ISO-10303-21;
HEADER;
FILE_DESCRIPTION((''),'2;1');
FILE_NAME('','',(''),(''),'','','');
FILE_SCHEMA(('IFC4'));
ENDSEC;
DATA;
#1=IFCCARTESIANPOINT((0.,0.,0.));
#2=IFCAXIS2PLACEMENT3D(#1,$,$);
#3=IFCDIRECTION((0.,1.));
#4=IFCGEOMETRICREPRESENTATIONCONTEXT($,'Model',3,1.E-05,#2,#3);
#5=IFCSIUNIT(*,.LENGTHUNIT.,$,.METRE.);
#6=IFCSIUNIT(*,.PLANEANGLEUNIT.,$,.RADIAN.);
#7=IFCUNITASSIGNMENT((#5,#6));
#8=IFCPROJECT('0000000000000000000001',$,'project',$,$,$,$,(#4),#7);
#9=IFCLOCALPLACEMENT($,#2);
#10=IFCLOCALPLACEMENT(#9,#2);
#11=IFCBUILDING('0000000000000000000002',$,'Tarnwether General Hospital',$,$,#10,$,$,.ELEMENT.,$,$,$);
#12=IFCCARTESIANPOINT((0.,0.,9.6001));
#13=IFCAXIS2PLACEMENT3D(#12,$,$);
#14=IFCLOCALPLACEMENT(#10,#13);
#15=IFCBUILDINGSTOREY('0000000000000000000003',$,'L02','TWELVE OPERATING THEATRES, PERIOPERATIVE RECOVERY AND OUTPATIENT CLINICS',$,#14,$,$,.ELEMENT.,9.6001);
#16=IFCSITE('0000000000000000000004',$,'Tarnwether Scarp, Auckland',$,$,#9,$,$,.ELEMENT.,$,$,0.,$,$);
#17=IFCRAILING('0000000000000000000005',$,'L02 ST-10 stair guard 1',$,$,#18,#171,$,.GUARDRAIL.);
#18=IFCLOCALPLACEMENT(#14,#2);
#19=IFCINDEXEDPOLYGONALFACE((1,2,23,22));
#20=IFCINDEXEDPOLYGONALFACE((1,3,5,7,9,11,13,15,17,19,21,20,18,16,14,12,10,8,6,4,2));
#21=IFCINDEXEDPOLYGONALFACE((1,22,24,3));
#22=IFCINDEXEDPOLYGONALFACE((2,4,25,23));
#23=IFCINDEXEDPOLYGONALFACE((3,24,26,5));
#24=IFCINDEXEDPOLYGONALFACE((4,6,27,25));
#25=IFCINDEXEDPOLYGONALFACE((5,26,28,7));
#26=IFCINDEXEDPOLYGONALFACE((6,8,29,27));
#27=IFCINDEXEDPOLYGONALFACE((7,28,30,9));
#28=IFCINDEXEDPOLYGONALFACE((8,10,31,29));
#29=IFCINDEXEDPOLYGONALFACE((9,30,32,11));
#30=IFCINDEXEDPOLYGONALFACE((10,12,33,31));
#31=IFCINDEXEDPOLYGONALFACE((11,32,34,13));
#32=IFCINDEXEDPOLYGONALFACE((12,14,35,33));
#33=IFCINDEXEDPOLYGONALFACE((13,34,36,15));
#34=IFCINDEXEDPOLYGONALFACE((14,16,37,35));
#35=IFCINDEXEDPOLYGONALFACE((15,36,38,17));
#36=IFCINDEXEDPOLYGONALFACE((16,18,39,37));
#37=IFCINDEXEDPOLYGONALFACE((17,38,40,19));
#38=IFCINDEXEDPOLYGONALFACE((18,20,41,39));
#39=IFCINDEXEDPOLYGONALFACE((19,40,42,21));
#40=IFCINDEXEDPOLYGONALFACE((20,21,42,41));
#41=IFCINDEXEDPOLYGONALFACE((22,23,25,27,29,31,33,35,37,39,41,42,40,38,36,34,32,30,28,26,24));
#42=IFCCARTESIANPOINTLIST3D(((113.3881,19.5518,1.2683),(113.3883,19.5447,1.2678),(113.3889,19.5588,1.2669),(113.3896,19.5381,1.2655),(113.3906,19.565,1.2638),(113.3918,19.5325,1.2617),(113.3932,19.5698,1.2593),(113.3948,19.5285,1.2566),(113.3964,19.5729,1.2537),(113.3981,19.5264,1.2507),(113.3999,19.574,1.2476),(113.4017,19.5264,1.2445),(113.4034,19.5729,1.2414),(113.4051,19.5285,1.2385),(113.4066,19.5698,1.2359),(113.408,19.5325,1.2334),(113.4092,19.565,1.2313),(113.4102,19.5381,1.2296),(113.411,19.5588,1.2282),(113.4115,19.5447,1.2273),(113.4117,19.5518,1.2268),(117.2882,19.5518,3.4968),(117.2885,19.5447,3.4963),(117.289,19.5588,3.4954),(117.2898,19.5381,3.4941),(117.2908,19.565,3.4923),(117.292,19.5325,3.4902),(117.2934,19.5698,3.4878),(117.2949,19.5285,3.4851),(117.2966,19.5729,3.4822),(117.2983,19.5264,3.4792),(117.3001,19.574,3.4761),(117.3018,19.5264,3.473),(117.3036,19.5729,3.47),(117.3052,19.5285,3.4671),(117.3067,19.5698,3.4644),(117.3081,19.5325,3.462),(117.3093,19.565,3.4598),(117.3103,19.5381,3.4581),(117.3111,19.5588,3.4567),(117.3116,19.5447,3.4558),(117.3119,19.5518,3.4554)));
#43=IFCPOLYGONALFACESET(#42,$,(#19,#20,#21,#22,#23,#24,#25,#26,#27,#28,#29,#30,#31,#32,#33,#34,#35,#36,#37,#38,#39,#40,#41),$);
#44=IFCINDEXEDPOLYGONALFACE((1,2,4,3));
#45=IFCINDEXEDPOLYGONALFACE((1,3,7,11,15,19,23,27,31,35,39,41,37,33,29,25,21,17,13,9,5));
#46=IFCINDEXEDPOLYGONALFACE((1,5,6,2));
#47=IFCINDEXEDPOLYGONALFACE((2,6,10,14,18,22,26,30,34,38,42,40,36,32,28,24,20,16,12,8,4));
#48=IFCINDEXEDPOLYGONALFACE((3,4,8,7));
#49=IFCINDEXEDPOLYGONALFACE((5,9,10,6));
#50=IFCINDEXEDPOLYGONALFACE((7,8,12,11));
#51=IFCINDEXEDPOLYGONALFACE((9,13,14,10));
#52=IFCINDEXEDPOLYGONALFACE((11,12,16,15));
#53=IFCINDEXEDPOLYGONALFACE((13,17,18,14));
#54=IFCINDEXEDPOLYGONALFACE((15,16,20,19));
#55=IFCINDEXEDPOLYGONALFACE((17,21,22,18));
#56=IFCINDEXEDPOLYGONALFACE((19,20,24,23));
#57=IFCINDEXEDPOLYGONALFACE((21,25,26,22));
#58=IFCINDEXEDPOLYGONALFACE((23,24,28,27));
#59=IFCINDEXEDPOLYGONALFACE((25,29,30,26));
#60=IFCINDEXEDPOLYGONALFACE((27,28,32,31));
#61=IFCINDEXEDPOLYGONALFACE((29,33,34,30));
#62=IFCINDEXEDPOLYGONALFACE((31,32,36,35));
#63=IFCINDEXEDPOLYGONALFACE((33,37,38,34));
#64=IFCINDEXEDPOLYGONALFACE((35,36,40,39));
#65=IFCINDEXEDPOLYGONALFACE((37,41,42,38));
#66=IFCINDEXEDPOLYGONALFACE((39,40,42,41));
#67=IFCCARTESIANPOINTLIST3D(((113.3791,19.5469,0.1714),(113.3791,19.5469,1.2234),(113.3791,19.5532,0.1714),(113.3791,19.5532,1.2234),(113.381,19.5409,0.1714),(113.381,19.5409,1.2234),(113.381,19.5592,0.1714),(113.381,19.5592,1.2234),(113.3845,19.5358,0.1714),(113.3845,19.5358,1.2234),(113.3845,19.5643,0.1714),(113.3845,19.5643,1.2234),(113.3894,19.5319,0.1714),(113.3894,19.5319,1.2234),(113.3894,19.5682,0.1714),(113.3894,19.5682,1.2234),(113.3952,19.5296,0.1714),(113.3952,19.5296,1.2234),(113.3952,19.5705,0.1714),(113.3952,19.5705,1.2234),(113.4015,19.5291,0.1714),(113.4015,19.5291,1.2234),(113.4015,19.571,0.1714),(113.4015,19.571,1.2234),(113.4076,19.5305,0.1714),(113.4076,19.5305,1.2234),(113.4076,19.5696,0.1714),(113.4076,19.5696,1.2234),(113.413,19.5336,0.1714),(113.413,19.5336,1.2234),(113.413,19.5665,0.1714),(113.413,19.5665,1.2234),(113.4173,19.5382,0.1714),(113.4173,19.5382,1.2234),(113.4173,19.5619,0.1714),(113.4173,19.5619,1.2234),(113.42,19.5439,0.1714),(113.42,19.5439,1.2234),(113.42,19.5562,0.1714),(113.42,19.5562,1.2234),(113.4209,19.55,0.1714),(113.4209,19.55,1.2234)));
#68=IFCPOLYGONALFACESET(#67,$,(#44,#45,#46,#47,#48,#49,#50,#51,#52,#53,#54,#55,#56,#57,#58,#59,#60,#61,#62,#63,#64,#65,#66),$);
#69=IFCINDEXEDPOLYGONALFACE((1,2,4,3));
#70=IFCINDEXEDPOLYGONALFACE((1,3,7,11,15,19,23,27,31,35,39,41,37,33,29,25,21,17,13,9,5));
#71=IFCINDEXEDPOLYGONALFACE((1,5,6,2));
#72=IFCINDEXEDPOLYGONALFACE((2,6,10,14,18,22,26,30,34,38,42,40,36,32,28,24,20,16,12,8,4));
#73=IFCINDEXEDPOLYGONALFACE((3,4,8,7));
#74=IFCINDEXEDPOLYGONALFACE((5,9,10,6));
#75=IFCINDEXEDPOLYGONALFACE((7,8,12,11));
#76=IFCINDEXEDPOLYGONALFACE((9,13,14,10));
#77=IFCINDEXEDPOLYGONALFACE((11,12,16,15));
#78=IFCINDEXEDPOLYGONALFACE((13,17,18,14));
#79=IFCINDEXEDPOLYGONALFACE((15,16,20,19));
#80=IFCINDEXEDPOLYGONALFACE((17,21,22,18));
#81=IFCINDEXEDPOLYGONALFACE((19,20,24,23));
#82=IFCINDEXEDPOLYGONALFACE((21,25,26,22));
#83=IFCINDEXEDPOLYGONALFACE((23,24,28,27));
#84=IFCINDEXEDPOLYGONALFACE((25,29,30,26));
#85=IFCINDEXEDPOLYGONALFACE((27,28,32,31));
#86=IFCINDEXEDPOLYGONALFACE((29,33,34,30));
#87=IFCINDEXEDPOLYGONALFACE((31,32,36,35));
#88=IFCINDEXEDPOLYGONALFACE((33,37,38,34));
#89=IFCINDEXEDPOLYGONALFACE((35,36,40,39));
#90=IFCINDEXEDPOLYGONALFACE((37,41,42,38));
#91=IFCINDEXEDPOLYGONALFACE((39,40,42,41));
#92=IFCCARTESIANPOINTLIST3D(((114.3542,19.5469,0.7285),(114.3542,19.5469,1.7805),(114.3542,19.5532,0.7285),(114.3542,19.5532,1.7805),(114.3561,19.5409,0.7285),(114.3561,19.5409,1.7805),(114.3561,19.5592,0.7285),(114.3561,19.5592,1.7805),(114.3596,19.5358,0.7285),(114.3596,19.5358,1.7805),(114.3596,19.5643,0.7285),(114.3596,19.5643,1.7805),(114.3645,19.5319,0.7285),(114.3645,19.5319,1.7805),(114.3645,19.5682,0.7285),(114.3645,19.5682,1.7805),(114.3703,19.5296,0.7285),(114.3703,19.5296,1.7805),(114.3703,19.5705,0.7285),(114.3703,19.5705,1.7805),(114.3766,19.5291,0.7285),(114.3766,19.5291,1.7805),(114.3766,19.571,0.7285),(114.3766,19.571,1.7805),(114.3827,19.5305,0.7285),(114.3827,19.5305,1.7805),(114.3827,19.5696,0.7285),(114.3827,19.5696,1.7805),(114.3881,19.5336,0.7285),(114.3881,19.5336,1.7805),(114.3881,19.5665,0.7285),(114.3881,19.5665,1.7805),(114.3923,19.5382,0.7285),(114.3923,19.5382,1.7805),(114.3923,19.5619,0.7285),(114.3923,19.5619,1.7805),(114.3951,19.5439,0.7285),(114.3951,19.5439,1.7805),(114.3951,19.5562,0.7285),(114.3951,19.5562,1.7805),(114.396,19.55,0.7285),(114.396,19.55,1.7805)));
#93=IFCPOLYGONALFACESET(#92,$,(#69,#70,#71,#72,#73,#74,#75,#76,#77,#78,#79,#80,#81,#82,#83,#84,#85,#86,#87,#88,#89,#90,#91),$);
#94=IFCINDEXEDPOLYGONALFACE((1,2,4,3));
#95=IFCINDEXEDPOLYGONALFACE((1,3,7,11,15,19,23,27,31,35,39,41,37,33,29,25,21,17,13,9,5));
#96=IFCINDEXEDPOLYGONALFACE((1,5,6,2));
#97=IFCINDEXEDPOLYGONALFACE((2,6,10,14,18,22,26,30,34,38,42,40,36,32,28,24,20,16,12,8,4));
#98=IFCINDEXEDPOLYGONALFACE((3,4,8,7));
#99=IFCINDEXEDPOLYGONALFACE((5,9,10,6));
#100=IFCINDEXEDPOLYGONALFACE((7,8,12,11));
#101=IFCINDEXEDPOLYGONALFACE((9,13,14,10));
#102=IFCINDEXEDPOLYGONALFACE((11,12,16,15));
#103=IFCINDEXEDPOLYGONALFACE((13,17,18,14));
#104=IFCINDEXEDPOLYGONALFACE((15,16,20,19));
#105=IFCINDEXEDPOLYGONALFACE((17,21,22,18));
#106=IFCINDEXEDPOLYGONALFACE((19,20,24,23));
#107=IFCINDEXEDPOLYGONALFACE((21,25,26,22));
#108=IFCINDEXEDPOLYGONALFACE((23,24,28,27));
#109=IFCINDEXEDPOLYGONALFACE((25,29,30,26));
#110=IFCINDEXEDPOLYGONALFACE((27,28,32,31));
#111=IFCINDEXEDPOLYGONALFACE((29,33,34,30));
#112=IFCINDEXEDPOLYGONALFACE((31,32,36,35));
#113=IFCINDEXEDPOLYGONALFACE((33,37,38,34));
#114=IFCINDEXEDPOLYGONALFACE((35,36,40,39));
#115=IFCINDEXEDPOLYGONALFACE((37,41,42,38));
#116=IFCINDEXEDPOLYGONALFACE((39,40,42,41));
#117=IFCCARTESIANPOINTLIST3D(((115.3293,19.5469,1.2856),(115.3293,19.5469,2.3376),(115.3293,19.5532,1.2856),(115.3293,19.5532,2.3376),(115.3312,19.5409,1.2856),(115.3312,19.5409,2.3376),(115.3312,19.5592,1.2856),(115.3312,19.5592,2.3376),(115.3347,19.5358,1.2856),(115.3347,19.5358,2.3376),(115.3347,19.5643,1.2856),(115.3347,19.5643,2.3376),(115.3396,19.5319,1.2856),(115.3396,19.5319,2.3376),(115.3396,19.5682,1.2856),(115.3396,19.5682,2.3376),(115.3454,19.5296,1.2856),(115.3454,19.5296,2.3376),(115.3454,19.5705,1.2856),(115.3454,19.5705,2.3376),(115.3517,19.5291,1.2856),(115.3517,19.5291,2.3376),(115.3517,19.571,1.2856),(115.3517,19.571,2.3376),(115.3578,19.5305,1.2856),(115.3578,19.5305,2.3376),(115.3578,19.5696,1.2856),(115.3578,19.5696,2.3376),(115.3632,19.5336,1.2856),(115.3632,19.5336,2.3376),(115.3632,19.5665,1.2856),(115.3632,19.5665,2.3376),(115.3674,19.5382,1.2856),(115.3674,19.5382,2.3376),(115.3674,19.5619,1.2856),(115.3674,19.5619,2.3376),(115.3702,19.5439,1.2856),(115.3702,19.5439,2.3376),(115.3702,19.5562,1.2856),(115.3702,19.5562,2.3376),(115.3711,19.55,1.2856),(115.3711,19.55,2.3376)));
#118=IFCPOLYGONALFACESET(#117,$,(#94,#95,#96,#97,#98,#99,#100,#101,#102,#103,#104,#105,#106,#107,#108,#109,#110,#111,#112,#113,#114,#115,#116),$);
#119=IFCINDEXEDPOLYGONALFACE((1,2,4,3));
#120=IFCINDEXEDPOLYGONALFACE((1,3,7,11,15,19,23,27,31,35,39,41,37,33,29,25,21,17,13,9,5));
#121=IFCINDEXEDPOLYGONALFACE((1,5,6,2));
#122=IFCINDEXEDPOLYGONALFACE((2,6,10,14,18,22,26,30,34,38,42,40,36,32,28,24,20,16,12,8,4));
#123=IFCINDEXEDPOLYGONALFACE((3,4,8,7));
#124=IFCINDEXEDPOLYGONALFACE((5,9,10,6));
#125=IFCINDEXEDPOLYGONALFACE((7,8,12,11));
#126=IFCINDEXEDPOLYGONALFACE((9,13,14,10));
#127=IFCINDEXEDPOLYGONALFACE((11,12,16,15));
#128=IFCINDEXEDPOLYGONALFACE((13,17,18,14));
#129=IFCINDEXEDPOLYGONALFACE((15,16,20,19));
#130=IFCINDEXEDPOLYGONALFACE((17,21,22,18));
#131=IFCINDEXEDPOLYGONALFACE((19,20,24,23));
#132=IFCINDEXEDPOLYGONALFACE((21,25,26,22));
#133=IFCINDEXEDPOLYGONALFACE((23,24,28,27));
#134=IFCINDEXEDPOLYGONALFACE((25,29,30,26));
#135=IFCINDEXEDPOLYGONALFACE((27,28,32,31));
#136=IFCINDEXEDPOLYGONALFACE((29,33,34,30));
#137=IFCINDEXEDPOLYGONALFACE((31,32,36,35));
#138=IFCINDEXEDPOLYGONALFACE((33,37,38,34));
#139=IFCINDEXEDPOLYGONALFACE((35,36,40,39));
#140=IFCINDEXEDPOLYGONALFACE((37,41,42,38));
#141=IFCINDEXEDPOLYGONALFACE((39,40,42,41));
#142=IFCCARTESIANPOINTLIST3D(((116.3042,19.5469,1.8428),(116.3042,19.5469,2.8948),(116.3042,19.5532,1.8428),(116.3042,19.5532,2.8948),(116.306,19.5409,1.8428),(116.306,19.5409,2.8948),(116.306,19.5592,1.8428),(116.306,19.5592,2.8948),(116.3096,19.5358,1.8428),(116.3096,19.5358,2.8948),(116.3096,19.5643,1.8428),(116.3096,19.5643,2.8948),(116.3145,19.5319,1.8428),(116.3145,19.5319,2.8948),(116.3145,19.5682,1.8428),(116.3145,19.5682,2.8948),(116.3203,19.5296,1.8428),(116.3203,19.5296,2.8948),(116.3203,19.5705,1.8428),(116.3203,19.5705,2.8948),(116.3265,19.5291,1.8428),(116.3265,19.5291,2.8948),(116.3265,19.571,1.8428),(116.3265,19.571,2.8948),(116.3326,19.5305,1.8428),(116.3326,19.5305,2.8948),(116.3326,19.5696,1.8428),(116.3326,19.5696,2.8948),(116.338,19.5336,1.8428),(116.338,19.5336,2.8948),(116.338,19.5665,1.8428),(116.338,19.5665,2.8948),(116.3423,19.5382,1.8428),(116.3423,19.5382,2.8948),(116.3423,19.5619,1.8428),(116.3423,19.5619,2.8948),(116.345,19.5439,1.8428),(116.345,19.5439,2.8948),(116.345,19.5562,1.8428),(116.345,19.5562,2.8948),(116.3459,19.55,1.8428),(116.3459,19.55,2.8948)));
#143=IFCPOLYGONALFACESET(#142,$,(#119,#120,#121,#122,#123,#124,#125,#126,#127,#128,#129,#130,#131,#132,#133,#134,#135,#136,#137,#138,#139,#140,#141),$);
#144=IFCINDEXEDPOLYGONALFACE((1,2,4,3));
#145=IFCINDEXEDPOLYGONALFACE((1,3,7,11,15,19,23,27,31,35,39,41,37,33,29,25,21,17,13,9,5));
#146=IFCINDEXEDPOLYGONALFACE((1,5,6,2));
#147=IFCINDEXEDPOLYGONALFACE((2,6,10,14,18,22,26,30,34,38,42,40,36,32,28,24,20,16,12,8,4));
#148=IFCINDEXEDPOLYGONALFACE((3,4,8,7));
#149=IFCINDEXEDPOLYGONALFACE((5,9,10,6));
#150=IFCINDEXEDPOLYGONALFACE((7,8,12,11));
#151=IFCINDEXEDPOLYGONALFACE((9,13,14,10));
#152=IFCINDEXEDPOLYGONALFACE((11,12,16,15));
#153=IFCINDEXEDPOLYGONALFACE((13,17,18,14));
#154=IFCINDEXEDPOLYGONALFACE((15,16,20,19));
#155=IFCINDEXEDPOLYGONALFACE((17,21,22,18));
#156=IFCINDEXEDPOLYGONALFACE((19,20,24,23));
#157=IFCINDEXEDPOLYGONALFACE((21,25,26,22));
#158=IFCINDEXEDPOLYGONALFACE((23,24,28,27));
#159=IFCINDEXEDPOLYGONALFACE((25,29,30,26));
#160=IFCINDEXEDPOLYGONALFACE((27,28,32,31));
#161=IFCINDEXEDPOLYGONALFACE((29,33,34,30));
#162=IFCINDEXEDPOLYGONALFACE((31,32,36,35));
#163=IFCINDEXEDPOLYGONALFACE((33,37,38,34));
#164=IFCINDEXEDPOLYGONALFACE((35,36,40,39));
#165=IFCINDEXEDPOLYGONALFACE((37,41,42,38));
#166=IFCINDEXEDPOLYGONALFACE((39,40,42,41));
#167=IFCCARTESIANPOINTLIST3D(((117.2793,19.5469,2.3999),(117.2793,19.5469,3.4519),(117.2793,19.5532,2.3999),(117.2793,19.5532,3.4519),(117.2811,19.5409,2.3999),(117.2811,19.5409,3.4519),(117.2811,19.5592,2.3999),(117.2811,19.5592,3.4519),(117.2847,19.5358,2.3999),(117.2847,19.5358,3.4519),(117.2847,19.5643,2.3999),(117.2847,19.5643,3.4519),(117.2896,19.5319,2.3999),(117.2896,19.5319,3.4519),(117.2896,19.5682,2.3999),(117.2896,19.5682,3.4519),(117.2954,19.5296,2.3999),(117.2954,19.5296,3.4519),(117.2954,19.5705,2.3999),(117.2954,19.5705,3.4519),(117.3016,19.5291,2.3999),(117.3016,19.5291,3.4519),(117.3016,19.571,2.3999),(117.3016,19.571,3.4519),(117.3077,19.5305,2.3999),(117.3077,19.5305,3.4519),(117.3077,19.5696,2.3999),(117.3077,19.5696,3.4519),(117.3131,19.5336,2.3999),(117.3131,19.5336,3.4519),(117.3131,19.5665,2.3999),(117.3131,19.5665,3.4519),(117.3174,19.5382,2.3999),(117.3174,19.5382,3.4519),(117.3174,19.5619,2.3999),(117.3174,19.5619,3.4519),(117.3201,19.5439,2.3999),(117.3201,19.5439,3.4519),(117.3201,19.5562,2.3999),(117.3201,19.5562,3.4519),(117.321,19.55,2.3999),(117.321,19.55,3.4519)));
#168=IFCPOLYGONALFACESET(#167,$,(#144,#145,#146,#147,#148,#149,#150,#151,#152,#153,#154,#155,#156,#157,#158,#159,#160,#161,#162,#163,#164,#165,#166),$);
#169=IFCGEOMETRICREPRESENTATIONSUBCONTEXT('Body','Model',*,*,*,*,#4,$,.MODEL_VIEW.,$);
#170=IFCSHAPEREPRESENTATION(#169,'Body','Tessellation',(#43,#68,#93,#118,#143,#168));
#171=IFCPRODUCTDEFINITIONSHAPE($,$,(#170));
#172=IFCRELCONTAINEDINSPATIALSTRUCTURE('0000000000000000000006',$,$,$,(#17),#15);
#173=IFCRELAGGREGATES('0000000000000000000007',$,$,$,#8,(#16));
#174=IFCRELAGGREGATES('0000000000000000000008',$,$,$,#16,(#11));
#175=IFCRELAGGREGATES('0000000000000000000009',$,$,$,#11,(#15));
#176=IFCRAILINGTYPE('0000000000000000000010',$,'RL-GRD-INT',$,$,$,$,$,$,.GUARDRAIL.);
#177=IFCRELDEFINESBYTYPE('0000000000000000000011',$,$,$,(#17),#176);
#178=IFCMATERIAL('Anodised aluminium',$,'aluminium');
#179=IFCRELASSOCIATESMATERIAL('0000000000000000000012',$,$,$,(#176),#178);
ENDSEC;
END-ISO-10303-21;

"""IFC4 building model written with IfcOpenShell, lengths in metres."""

from ifc_helpers import new_model, si_unit, direction, frame, origin, origin_2d, place, context, subcontext, project, spatial, circle, extrude, material, type_object, element, save


model = new_model("IFC4")

# Units and contexts
model_context = context("Model", 3, precision=1e-05, world=origin(), true_north=direction((0.0, 1.0)))
body_context = subcontext(model_context, "Body", "Model", "MODEL_VIEW")
ifc_project = project(units=[si_unit("LENGTHUNIT", "METRE"), si_unit("PLANEANGLEUNIT", "RADIAN")], contexts=[model_context])

# Site, building, storey
site_placement = place(None, origin())
site = spatial("IfcSite", under=ifc_project, at=site_placement, Name="Tarnwether Scarp, Auckland", CompositionType="ELEMENT", RefElevation=0.0)
building_placement = place(site_placement, origin())
building = spatial("IfcBuilding", under=site, at=building_placement, Name="Tarnwether General Hospital", CompositionType="ELEMENT")
storey_placement = place(building_placement, frame((0.0, 0.0, 9.6001)))
storey = spatial("IfcBuildingStorey", under=building, at=storey_placement, Name="L02", Description="TWELVE OPERATING THEATRES, PERIOPERATIVE RECOVERY AND OUTPATIENT CLINICS", CompositionType="ELEMENT", Elevation=9.6001)

# Railing
ifc_material_1 = material(Name="Anodised aluminium", Category="aluminium")
railing_type_1 = type_object("IfcRailingType", Name="RL-GRD-INT", PredefinedType="GUARDRAIL", material=ifc_material_1)
railing_1_placement = place(storey_placement, frame((113.3999, 19.55, 0.1714)))
element("IfcRailing", 1, at=railing_1_placement, inside=storey, type_object=railing_type_1, Name="L02 ST-10 stair guard 1", PredefinedType="GUARDRAIL", context=body_context, shape_type="SweptSolid", body=[
    extrude(circle(Radius=0.0239, at=origin_2d()), frame((0.0, 0.0, 1.0762), z_axis=(0.868257, 0.0, 0.496116), x_axis=(0.0, 1.0, 0.0)), (0.0, 0.0, 1.0), 4.4919),
    extrude(circle(Radius=0.021, at=origin_2d()), origin(), (0.0, 0.0, 1.0), 1.052),
    extrude(circle(Radius=0.021, at=origin_2d()), frame((0.9751, 0.0, 0.5571)), (0.0, 0.0, 1.0), 1.052),
    extrude(circle(Radius=0.021, at=origin_2d()), frame((1.9502, 0.0, 1.1143)), (0.0, 0.0, 1.0), 1.052),
    extrude(circle(Radius=0.021, at=origin_2d()), frame((2.925, 0.0, 1.6714)), (0.0, 0.0, 1.0), 1.052),
    extrude(circle(Radius=0.021, at=origin_2d()), frame((3.9001, 0.0, 2.2285)), (0.0, 0.0, 1.0), 1.052),
])

save(model, "model.ifc")
